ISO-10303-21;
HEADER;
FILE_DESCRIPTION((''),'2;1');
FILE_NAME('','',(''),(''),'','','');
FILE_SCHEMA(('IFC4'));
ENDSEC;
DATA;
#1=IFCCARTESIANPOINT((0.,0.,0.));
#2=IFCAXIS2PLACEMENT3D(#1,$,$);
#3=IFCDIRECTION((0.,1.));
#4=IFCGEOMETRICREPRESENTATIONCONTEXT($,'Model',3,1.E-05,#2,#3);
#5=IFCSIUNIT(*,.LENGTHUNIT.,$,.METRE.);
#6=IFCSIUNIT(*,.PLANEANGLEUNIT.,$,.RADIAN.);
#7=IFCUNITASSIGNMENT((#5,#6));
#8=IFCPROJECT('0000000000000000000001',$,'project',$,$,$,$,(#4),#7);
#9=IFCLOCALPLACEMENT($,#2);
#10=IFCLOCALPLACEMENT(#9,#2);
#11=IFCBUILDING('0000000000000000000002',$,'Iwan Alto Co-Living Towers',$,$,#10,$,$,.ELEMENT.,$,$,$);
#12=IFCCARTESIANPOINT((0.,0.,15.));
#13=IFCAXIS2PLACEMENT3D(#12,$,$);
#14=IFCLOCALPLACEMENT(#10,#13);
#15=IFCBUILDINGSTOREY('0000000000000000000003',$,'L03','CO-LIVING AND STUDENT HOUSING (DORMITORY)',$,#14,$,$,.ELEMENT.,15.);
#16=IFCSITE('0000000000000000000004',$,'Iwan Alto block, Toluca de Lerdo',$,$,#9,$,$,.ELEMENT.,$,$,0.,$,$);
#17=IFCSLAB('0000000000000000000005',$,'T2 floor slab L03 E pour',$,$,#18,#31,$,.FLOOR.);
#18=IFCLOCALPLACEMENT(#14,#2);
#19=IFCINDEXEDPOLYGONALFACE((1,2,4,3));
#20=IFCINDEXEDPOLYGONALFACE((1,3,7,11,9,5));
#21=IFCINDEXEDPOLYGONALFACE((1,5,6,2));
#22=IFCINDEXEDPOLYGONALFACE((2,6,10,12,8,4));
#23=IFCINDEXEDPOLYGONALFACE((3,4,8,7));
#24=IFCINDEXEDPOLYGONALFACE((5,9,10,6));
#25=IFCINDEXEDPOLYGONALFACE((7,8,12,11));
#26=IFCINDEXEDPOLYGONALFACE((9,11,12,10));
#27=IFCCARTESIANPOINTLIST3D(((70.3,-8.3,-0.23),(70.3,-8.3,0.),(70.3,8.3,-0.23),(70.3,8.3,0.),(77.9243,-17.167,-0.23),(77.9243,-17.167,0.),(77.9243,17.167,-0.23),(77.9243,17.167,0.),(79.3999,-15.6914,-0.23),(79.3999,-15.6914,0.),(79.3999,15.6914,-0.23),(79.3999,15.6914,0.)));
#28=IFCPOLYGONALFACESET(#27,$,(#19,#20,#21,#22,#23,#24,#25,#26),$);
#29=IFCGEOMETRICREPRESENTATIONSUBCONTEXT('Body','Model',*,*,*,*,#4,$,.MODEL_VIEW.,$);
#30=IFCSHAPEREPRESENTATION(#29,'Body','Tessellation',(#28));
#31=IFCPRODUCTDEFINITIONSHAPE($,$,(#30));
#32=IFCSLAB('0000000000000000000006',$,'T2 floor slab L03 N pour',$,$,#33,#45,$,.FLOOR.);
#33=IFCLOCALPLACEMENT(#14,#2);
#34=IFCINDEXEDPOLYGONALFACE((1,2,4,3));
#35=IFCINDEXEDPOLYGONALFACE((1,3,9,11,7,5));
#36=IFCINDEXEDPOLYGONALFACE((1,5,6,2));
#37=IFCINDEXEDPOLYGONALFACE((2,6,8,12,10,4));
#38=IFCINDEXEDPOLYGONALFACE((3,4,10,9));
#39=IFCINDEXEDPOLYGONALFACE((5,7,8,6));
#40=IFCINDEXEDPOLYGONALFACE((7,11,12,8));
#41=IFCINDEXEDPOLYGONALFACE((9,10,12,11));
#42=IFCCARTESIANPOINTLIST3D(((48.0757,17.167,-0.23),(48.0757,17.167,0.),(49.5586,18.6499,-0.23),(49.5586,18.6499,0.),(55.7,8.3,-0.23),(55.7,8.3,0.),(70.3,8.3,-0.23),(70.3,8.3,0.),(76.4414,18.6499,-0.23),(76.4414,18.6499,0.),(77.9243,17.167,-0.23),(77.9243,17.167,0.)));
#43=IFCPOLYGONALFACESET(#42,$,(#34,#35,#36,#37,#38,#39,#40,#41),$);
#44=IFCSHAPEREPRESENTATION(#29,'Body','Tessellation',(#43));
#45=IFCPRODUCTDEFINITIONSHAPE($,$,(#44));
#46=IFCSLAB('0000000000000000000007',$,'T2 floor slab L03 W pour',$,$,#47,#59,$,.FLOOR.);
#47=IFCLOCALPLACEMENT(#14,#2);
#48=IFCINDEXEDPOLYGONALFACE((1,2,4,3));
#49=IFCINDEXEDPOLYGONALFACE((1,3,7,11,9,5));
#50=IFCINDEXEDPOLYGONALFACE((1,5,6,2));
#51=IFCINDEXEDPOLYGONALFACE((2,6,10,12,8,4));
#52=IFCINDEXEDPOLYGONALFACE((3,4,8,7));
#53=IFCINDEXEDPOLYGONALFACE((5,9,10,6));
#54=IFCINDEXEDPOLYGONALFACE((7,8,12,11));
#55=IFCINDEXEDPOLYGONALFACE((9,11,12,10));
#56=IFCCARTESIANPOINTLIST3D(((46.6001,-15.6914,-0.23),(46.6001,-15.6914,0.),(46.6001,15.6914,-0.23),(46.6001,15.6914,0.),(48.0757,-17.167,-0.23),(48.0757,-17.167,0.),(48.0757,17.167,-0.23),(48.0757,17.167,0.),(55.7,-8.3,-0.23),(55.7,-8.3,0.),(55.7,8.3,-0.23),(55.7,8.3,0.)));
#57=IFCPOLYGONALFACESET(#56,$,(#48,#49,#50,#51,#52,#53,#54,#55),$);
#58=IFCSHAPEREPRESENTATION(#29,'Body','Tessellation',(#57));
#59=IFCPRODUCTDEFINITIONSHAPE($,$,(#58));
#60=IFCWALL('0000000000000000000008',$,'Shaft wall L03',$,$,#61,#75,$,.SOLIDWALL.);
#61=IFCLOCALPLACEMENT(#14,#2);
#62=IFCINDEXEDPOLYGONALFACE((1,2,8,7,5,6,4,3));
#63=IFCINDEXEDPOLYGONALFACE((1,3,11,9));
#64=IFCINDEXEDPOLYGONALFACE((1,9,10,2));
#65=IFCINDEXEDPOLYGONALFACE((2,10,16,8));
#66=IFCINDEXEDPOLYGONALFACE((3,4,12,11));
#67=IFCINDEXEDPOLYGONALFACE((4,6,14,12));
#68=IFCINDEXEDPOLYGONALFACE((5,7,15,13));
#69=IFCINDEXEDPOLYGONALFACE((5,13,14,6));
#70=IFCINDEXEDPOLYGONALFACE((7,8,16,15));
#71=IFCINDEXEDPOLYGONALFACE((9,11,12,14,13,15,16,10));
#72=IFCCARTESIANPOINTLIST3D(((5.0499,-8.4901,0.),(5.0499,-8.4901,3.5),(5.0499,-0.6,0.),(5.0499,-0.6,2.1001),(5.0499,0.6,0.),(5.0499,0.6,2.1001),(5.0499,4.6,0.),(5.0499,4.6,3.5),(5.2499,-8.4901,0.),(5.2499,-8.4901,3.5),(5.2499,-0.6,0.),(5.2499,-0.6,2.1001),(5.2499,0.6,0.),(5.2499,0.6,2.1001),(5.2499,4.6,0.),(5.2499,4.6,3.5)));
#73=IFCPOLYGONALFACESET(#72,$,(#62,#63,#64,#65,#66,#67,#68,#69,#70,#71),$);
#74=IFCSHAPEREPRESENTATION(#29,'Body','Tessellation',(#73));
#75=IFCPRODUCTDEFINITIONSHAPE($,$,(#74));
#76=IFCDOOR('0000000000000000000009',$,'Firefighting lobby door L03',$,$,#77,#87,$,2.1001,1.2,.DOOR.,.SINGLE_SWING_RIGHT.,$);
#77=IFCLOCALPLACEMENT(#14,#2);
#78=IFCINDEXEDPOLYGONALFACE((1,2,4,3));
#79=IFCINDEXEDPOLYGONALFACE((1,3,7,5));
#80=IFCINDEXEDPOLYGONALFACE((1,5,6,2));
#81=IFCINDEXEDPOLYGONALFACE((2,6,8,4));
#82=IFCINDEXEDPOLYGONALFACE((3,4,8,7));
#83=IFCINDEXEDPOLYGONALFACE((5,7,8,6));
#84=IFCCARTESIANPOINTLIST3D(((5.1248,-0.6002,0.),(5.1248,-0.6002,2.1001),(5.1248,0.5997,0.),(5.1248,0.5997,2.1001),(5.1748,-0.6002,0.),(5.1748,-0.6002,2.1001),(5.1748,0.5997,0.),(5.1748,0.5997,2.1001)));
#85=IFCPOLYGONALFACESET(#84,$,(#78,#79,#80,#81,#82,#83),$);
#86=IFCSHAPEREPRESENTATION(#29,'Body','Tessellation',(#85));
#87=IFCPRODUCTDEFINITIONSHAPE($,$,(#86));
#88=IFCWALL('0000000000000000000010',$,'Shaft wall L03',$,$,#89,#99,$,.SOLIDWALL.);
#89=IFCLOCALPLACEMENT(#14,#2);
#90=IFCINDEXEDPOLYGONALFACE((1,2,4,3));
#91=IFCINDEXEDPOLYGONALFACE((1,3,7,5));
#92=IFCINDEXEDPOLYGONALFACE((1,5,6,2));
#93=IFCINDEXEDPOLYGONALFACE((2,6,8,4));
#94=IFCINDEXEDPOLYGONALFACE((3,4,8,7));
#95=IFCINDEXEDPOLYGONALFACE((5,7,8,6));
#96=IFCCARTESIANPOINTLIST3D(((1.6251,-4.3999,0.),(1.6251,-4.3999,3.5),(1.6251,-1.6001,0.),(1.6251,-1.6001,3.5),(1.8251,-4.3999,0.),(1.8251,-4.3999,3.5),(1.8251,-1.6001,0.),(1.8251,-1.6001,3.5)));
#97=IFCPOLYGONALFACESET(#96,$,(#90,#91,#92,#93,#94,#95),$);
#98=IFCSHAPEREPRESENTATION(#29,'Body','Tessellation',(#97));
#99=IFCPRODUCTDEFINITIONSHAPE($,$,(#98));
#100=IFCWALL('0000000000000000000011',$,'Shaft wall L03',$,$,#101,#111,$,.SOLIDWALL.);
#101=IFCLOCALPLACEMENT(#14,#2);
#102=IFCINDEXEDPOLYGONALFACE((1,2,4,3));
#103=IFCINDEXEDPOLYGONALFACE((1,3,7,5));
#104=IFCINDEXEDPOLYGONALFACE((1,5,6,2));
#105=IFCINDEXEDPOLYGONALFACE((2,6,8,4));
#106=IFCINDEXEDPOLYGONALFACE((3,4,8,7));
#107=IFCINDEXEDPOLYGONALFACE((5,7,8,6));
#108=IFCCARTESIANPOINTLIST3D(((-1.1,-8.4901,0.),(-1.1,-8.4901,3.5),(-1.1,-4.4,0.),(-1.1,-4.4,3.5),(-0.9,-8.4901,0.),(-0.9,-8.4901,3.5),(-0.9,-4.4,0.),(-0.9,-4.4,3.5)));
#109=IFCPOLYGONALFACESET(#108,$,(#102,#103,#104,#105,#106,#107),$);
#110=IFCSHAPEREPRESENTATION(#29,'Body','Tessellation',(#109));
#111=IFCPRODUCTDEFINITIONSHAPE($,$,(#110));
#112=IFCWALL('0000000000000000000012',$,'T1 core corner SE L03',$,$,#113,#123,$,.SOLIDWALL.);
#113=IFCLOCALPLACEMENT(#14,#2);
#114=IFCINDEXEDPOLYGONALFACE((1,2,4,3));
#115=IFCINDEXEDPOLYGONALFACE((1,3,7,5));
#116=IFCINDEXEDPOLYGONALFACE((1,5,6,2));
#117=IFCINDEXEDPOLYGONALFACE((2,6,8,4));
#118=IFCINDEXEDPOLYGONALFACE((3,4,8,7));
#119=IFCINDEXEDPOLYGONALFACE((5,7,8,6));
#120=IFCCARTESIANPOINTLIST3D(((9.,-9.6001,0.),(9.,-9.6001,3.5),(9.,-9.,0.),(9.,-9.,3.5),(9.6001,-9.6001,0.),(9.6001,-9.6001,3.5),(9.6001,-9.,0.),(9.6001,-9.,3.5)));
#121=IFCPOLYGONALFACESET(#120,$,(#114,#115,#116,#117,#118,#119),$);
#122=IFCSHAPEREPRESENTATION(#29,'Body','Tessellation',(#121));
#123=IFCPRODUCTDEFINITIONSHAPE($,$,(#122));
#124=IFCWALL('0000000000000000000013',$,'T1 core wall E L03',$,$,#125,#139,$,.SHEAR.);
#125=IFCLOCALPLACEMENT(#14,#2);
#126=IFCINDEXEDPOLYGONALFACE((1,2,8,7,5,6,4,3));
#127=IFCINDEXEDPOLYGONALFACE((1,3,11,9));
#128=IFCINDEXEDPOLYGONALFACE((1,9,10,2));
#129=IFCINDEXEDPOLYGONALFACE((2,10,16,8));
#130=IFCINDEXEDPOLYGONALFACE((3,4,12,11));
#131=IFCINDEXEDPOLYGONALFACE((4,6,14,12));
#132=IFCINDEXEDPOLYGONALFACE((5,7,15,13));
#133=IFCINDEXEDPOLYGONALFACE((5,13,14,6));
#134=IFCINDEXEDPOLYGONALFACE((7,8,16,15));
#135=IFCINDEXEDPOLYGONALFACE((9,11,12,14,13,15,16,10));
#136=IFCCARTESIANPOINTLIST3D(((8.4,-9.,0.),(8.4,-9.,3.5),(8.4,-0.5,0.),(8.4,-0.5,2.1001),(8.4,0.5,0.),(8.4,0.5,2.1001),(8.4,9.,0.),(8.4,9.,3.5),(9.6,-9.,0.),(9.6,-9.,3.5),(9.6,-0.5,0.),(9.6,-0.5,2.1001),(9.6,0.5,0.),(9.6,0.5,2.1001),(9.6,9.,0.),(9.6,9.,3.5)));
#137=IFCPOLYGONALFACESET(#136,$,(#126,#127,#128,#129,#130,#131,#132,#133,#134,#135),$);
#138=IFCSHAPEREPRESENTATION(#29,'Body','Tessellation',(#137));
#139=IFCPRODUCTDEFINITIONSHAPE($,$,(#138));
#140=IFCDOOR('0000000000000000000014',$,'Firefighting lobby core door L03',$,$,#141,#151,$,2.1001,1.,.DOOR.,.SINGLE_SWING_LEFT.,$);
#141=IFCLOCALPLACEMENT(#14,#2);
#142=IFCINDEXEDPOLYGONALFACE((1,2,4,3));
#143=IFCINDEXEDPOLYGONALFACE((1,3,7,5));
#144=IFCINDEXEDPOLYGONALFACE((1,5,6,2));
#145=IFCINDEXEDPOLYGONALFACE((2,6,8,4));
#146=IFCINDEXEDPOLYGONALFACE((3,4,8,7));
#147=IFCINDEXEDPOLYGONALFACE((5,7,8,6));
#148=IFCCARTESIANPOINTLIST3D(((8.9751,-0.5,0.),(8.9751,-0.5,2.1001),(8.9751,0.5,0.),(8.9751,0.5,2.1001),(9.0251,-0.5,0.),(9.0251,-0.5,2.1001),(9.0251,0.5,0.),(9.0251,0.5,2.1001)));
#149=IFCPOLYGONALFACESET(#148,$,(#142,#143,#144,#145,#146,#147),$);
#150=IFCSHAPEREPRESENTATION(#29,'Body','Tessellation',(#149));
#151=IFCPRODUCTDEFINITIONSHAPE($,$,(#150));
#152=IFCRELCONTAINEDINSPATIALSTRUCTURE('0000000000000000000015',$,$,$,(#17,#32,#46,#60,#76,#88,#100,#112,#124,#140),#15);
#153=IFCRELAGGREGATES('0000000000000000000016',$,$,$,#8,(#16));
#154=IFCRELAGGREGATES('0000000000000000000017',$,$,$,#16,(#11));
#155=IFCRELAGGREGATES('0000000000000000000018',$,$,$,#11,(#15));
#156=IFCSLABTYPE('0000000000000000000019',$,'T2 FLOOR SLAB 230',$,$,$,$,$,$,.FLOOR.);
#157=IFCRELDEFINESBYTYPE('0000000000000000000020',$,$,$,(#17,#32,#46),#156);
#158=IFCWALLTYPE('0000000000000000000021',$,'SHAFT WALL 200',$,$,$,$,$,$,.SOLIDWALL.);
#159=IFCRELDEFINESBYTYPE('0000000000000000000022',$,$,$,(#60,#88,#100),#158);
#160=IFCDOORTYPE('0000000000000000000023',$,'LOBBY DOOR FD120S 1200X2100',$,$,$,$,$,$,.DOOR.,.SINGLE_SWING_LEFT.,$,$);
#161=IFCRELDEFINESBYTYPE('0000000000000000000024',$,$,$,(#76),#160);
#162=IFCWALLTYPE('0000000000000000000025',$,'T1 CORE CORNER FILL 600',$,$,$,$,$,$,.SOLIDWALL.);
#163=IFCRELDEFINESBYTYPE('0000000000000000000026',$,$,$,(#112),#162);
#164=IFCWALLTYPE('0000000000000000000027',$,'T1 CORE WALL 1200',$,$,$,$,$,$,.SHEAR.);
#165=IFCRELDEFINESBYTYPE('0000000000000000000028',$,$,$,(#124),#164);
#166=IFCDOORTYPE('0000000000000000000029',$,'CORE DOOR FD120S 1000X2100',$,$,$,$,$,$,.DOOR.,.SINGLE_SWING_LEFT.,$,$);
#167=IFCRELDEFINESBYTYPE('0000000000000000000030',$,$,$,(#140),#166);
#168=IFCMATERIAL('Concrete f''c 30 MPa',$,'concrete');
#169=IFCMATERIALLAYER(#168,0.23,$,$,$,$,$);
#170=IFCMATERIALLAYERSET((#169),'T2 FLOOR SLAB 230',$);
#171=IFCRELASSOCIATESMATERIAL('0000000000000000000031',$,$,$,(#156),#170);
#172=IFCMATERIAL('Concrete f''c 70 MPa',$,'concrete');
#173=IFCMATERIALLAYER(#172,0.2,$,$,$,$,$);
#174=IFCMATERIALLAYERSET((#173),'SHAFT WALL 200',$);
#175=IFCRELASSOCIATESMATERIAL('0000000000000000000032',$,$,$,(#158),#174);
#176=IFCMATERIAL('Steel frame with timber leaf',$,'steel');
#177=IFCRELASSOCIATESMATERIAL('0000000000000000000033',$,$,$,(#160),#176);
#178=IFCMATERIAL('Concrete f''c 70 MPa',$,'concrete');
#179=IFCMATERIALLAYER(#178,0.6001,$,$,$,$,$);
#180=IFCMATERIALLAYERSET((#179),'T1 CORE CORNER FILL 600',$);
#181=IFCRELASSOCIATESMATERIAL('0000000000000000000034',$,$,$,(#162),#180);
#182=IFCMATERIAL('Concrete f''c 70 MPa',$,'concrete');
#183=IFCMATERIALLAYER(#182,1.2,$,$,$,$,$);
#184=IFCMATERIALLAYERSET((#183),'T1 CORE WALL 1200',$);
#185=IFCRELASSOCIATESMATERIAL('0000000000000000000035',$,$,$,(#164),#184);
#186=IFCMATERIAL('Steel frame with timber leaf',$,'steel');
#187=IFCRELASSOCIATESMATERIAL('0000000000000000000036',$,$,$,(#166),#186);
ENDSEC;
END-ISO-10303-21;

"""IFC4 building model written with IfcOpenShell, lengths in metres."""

from ifc_helpers import new_model, si_unit, direction, frame, frame_2d, origin, place, context, subcontext, project, spatial, polyline, rectangle, outline, extrude, material, layer, layer_set, type_object, element, fill, save


model = new_model("IFC4")

# Units and contexts
model_context = context("Model", 3, precision=1e-05, world=origin(), true_north=direction((0.0, 1.0)))
body_context = subcontext(model_context, "Body", "Model", "MODEL_VIEW")
ifc_project = project(units=[si_unit("LENGTHUNIT", "METRE"), si_unit("PLANEANGLEUNIT", "RADIAN")], contexts=[model_context])

# Site, building, storey
site_placement = place(None, origin())
site = spatial("IfcSite", under=ifc_project, at=site_placement, Name="Iwan Alto block, Toluca de Lerdo", CompositionType="ELEMENT", RefElevation=0.0)
building_placement = place(site_placement, origin())
building = spatial("IfcBuilding", under=site, at=building_placement, Name="Iwan Alto Co-Living Towers", CompositionType="ELEMENT")
storey_placement = place(building_placement, frame((0.0, 0.0, 15.0)))
storey = spatial("IfcBuildingStorey", under=building, at=storey_placement, Name="L03", Description="CO-LIVING AND STUDENT HOUSING (DORMITORY)", CompositionType="ELEMENT", Elevation=15.0)

# Slabs
ifc_material_1 = material(Name="Concrete f'c 30 MPa", Category="concrete")
ifc_layer_1 = layer(ifc_material_1, 0.23)
ifc_layer_set_1 = layer_set([ifc_layer_1], Name="T2 FLOOR SLAB 230")
slab_type_1 = type_object("IfcSlabType", Name="T2 FLOOR SLAB 230", PredefinedType="FLOOR", material=ifc_layer_set_1)
slab_1_placement = place(storey_placement, frame((0.0, 0.0, -0.23)))
element("IfcSlab", 1, at=slab_1_placement, inside=storey, type_object=slab_type_1, Name="T2 floor slab L03 E pour", PredefinedType="FLOOR", context=body_context, shape_type="SweptSolid", body=[
    extrude(outline(polyline([(79.3999, 15.6914), (79.3999, -15.6914), (77.9243, -17.167), (70.3, -8.3), (70.3, 8.3), (77.9243, 17.167), (79.3999, 15.6914)])), origin(), (0.0, 0.0, 1.0), 0.23),
])
slab_2_placement = place(storey_placement, frame((0.0, 0.0, -0.23)))
element("IfcSlab", 2, at=slab_2_placement, inside=storey, type_object=slab_type_1, Name="T2 floor slab L03 N pour", PredefinedType="FLOOR", context=body_context, shape_type="SweptSolid", body=[
    extrude(outline(polyline([(49.5586, 18.6499), (76.4414, 18.6499), (77.9243, 17.167), (70.3, 8.3), (55.7, 8.3), (48.0757, 17.167), (49.5586, 18.6499)])), origin(), (0.0, 0.0, 1.0), 0.23),
])
slab_3_placement = place(storey_placement, frame((0.0, 0.0, -0.23)))
element("IfcSlab", 3, at=slab_3_placement, inside=storey, type_object=slab_type_1, Name="T2 floor slab L03 W pour", PredefinedType="FLOOR", context=body_context, shape_type="SweptSolid", body=[
    extrude(outline(polyline([(46.6001, 15.6914), (48.0757, 17.167), (55.7, 8.3), (55.7, -8.3), (48.0757, -17.167), (46.6001, -15.6914), (46.6001, 15.6914)])), origin(), (0.0, 0.0, 1.0), 0.23),
])

# Wall, opening, door
ifc_material_2 = material(Name="Concrete f'c 70 MPa", Category="concrete")
ifc_layer_2 = layer(ifc_material_2, 0.2)
ifc_layer_set_2 = layer_set([ifc_layer_2], Name="SHAFT WALL 200")
wall_type_1 = type_object("IfcWallType", Name="SHAFT WALL 200", PredefinedType="SOLIDWALL", material=ifc_layer_set_2)
wall_1_placement = place(storey_placement, frame((5.1499, -8.49, 0.0), z_axis=(0.0, 0.0, 1.0), x_axis=(0.0, 1.0, 0.0)))
wall_1 = element("IfcWall", 4, at=wall_1_placement, inside=storey, type_object=wall_type_1, Name="Shaft wall L03", PredefinedType="SOLIDWALL", context=body_context, shape_type="SweptSolid", body=[
    extrude(rectangle(XDim=13.0901, YDim=0.2, at=frame_2d((6.5449, 0.0))), origin(), (0.0, 0.0, 1.0), 3.5),
])
opening_1_placement = place(wall_1_placement, frame((7.8899, 0.0, 0.0)))
opening_1 = element("IfcOpeningElement", 5, at=opening_1_placement, cuts=wall_1, PredefinedType="OPENING", context=body_context, shape_type="SweptSolid", body=[
    extrude(rectangle(XDim=1.2, YDim=2.1001, at=frame_2d((0.6001, 1.05))), frame((0.0, 0.1099, 0.0), z_axis=(0.0, -1.0, 0.0), x_axis=(1.0, 0.0, 0.0)), (0.0, 0.0, 1.0), 0.22),
])
ifc_material_3 = material(Name="Steel frame with timber leaf", Category="steel")
door_type_1 = type_object("IfcDoorType", Name="LOBBY DOOR FD120S 1200X2100", OperationType="SINGLE_SWING_LEFT", PredefinedType="DOOR", material=ifc_material_3)
door_1_placement = place(opening_1_placement, frame((1.2, 0.0, 0.0), z_axis=(0.0, 0.0, 1.0), x_axis=(-1.0, 0.0, 0.0)))
door_1 = element("IfcDoor", 6, at=door_1_placement, inside=storey, type_object=door_type_1, Name="Firefighting lobby door L03", OperationType="SINGLE_SWING_RIGHT", OverallHeight=2.1001, OverallWidth=1.2, PredefinedType="DOOR", context=body_context, shape_type="SweptSolid", body=[
    extrude(rectangle(XDim=1.2, YDim=2.1001, at=frame_2d((0.6001, 1.05))), frame((0.0, 0.0249, 0.0), z_axis=(0.0, -1.0, 0.0), x_axis=(1.0, 0.0, 0.0)), (0.0, 0.0, 1.0), 0.05),
])
fill(opening_1, door_1)

# Walls
wall_2_placement = place(storey_placement, frame((1.7251, -4.3999, 0.0), z_axis=(0.0, 0.0, 1.0), x_axis=(0.0, 1.0, 0.0)))
element("IfcWall", 7, at=wall_2_placement, inside=storey, type_object=wall_type_1, Name="Shaft wall L03", PredefinedType="SOLIDWALL", context=body_context, shape_type="SweptSolid", body=[
    extrude(rectangle(XDim=2.7998, YDim=0.2, at=frame_2d((1.3999, 0.0))), origin(), (0.0, 0.0, 1.0), 3.5),
])
wall_3_placement = place(storey_placement, frame((-1.0, -8.49, 0.0), z_axis=(0.0, 0.0, 1.0), x_axis=(0.0, 1.0, 0.0)))
element("IfcWall", 8, at=wall_3_placement, inside=storey, type_object=wall_type_1, Name="Shaft wall L03", PredefinedType="SOLIDWALL", context=body_context, shape_type="SweptSolid", body=[
    extrude(rectangle(XDim=4.0901, YDim=0.2, at=frame_2d((2.0449, 0.0))), origin(), (0.0, 0.0, 1.0), 3.5),
])
ifc_material_4 = material(Name="Concrete f'c 70 MPa", Category="concrete")
ifc_layer_3 = layer(ifc_material_4, 0.6001)
ifc_layer_set_3 = layer_set([ifc_layer_3], Name="T1 CORE CORNER FILL 600")
wall_type_2 = type_object("IfcWallType", Name="T1 CORE CORNER FILL 600", PredefinedType="SOLIDWALL", material=ifc_layer_set_3)
wall_4_placement = place(storey_placement, frame((9.0, -9.3, 0.0), z_axis=(0.0, 0.0, 1.0), x_axis=(1.0, 0.0, 0.0)))
element("IfcWall", 9, at=wall_4_placement, inside=storey, type_object=wall_type_2, Name="T1 core corner SE L03", PredefinedType="SOLIDWALL", context=body_context, shape_type="SweptSolid", body=[
    extrude(rectangle(XDim=0.6001, YDim=0.6001, at=frame_2d((0.3, 0.0))), origin(), (0.0, 0.0, 1.0), 3.5),
])

# Wall, opening, door
ifc_material_5 = material(Name="Concrete f'c 70 MPa", Category="concrete")
ifc_layer_4 = layer(ifc_material_5, 1.2)
ifc_layer_set_4 = layer_set([ifc_layer_4], Name="T1 CORE WALL 1200")
wall_type_3 = type_object("IfcWallType", Name="T1 CORE WALL 1200", PredefinedType="SHEAR", material=ifc_layer_set_4)
wall_5_placement = place(storey_placement, frame((9.0, -9.0, 0.0), z_axis=(0.0, 0.0, 1.0), x_axis=(0.0, 1.0, 0.0)))
wall_5 = element("IfcWall", 10, at=wall_5_placement, inside=storey, type_object=wall_type_3, Name="T1 core wall E L03", PredefinedType="SHEAR", context=body_context, shape_type="SweptSolid", body=[
    extrude(rectangle(XDim=18.0, YDim=1.2, at=frame_2d((9.0, 0.0))), origin(), (0.0, 0.0, 1.0), 3.5),
])
opening_2_placement = place(wall_5_placement, frame((8.5, 0.0, 0.0)))
opening_2 = element("IfcOpeningElement", 11, at=opening_2_placement, cuts=wall_5, PredefinedType="OPENING", context=body_context, shape_type="SweptSolid", body=[
    extrude(rectangle(XDim=1.0, YDim=2.1001, at=frame_2d((0.5, 1.05))), frame((0.0, 0.6099, 0.0), z_axis=(0.0, -1.0, 0.0), x_axis=(1.0, 0.0, 0.0)), (0.0, 0.0, 1.0), 1.22),
])
ifc_material_6 = material(Name="Steel frame with timber leaf", Category="steel")
door_type_2 = type_object("IfcDoorType", Name="CORE DOOR FD120S 1000X2100", OperationType="SINGLE_SWING_LEFT", PredefinedType="DOOR", material=ifc_material_6)
door_2_placement = place(opening_2_placement, origin())
door_2 = element("IfcDoor", 12, at=door_2_placement, inside=storey, type_object=door_type_2, Name="Firefighting lobby core door L03", OperationType="SINGLE_SWING_LEFT", OverallHeight=2.1001, OverallWidth=1.0, PredefinedType="DOOR", context=body_context, shape_type="SweptSolid", body=[
    extrude(rectangle(XDim=1.0, YDim=2.1001, at=frame_2d((0.5, 1.05))), frame((0.0, 0.0249, 0.0), z_axis=(0.0, -1.0, 0.0), x_axis=(1.0, 0.0, 0.0)), (0.0, 0.0, 1.0), 0.05),
])
fill(opening_2, door_2)

save(model, "model.ifc")
